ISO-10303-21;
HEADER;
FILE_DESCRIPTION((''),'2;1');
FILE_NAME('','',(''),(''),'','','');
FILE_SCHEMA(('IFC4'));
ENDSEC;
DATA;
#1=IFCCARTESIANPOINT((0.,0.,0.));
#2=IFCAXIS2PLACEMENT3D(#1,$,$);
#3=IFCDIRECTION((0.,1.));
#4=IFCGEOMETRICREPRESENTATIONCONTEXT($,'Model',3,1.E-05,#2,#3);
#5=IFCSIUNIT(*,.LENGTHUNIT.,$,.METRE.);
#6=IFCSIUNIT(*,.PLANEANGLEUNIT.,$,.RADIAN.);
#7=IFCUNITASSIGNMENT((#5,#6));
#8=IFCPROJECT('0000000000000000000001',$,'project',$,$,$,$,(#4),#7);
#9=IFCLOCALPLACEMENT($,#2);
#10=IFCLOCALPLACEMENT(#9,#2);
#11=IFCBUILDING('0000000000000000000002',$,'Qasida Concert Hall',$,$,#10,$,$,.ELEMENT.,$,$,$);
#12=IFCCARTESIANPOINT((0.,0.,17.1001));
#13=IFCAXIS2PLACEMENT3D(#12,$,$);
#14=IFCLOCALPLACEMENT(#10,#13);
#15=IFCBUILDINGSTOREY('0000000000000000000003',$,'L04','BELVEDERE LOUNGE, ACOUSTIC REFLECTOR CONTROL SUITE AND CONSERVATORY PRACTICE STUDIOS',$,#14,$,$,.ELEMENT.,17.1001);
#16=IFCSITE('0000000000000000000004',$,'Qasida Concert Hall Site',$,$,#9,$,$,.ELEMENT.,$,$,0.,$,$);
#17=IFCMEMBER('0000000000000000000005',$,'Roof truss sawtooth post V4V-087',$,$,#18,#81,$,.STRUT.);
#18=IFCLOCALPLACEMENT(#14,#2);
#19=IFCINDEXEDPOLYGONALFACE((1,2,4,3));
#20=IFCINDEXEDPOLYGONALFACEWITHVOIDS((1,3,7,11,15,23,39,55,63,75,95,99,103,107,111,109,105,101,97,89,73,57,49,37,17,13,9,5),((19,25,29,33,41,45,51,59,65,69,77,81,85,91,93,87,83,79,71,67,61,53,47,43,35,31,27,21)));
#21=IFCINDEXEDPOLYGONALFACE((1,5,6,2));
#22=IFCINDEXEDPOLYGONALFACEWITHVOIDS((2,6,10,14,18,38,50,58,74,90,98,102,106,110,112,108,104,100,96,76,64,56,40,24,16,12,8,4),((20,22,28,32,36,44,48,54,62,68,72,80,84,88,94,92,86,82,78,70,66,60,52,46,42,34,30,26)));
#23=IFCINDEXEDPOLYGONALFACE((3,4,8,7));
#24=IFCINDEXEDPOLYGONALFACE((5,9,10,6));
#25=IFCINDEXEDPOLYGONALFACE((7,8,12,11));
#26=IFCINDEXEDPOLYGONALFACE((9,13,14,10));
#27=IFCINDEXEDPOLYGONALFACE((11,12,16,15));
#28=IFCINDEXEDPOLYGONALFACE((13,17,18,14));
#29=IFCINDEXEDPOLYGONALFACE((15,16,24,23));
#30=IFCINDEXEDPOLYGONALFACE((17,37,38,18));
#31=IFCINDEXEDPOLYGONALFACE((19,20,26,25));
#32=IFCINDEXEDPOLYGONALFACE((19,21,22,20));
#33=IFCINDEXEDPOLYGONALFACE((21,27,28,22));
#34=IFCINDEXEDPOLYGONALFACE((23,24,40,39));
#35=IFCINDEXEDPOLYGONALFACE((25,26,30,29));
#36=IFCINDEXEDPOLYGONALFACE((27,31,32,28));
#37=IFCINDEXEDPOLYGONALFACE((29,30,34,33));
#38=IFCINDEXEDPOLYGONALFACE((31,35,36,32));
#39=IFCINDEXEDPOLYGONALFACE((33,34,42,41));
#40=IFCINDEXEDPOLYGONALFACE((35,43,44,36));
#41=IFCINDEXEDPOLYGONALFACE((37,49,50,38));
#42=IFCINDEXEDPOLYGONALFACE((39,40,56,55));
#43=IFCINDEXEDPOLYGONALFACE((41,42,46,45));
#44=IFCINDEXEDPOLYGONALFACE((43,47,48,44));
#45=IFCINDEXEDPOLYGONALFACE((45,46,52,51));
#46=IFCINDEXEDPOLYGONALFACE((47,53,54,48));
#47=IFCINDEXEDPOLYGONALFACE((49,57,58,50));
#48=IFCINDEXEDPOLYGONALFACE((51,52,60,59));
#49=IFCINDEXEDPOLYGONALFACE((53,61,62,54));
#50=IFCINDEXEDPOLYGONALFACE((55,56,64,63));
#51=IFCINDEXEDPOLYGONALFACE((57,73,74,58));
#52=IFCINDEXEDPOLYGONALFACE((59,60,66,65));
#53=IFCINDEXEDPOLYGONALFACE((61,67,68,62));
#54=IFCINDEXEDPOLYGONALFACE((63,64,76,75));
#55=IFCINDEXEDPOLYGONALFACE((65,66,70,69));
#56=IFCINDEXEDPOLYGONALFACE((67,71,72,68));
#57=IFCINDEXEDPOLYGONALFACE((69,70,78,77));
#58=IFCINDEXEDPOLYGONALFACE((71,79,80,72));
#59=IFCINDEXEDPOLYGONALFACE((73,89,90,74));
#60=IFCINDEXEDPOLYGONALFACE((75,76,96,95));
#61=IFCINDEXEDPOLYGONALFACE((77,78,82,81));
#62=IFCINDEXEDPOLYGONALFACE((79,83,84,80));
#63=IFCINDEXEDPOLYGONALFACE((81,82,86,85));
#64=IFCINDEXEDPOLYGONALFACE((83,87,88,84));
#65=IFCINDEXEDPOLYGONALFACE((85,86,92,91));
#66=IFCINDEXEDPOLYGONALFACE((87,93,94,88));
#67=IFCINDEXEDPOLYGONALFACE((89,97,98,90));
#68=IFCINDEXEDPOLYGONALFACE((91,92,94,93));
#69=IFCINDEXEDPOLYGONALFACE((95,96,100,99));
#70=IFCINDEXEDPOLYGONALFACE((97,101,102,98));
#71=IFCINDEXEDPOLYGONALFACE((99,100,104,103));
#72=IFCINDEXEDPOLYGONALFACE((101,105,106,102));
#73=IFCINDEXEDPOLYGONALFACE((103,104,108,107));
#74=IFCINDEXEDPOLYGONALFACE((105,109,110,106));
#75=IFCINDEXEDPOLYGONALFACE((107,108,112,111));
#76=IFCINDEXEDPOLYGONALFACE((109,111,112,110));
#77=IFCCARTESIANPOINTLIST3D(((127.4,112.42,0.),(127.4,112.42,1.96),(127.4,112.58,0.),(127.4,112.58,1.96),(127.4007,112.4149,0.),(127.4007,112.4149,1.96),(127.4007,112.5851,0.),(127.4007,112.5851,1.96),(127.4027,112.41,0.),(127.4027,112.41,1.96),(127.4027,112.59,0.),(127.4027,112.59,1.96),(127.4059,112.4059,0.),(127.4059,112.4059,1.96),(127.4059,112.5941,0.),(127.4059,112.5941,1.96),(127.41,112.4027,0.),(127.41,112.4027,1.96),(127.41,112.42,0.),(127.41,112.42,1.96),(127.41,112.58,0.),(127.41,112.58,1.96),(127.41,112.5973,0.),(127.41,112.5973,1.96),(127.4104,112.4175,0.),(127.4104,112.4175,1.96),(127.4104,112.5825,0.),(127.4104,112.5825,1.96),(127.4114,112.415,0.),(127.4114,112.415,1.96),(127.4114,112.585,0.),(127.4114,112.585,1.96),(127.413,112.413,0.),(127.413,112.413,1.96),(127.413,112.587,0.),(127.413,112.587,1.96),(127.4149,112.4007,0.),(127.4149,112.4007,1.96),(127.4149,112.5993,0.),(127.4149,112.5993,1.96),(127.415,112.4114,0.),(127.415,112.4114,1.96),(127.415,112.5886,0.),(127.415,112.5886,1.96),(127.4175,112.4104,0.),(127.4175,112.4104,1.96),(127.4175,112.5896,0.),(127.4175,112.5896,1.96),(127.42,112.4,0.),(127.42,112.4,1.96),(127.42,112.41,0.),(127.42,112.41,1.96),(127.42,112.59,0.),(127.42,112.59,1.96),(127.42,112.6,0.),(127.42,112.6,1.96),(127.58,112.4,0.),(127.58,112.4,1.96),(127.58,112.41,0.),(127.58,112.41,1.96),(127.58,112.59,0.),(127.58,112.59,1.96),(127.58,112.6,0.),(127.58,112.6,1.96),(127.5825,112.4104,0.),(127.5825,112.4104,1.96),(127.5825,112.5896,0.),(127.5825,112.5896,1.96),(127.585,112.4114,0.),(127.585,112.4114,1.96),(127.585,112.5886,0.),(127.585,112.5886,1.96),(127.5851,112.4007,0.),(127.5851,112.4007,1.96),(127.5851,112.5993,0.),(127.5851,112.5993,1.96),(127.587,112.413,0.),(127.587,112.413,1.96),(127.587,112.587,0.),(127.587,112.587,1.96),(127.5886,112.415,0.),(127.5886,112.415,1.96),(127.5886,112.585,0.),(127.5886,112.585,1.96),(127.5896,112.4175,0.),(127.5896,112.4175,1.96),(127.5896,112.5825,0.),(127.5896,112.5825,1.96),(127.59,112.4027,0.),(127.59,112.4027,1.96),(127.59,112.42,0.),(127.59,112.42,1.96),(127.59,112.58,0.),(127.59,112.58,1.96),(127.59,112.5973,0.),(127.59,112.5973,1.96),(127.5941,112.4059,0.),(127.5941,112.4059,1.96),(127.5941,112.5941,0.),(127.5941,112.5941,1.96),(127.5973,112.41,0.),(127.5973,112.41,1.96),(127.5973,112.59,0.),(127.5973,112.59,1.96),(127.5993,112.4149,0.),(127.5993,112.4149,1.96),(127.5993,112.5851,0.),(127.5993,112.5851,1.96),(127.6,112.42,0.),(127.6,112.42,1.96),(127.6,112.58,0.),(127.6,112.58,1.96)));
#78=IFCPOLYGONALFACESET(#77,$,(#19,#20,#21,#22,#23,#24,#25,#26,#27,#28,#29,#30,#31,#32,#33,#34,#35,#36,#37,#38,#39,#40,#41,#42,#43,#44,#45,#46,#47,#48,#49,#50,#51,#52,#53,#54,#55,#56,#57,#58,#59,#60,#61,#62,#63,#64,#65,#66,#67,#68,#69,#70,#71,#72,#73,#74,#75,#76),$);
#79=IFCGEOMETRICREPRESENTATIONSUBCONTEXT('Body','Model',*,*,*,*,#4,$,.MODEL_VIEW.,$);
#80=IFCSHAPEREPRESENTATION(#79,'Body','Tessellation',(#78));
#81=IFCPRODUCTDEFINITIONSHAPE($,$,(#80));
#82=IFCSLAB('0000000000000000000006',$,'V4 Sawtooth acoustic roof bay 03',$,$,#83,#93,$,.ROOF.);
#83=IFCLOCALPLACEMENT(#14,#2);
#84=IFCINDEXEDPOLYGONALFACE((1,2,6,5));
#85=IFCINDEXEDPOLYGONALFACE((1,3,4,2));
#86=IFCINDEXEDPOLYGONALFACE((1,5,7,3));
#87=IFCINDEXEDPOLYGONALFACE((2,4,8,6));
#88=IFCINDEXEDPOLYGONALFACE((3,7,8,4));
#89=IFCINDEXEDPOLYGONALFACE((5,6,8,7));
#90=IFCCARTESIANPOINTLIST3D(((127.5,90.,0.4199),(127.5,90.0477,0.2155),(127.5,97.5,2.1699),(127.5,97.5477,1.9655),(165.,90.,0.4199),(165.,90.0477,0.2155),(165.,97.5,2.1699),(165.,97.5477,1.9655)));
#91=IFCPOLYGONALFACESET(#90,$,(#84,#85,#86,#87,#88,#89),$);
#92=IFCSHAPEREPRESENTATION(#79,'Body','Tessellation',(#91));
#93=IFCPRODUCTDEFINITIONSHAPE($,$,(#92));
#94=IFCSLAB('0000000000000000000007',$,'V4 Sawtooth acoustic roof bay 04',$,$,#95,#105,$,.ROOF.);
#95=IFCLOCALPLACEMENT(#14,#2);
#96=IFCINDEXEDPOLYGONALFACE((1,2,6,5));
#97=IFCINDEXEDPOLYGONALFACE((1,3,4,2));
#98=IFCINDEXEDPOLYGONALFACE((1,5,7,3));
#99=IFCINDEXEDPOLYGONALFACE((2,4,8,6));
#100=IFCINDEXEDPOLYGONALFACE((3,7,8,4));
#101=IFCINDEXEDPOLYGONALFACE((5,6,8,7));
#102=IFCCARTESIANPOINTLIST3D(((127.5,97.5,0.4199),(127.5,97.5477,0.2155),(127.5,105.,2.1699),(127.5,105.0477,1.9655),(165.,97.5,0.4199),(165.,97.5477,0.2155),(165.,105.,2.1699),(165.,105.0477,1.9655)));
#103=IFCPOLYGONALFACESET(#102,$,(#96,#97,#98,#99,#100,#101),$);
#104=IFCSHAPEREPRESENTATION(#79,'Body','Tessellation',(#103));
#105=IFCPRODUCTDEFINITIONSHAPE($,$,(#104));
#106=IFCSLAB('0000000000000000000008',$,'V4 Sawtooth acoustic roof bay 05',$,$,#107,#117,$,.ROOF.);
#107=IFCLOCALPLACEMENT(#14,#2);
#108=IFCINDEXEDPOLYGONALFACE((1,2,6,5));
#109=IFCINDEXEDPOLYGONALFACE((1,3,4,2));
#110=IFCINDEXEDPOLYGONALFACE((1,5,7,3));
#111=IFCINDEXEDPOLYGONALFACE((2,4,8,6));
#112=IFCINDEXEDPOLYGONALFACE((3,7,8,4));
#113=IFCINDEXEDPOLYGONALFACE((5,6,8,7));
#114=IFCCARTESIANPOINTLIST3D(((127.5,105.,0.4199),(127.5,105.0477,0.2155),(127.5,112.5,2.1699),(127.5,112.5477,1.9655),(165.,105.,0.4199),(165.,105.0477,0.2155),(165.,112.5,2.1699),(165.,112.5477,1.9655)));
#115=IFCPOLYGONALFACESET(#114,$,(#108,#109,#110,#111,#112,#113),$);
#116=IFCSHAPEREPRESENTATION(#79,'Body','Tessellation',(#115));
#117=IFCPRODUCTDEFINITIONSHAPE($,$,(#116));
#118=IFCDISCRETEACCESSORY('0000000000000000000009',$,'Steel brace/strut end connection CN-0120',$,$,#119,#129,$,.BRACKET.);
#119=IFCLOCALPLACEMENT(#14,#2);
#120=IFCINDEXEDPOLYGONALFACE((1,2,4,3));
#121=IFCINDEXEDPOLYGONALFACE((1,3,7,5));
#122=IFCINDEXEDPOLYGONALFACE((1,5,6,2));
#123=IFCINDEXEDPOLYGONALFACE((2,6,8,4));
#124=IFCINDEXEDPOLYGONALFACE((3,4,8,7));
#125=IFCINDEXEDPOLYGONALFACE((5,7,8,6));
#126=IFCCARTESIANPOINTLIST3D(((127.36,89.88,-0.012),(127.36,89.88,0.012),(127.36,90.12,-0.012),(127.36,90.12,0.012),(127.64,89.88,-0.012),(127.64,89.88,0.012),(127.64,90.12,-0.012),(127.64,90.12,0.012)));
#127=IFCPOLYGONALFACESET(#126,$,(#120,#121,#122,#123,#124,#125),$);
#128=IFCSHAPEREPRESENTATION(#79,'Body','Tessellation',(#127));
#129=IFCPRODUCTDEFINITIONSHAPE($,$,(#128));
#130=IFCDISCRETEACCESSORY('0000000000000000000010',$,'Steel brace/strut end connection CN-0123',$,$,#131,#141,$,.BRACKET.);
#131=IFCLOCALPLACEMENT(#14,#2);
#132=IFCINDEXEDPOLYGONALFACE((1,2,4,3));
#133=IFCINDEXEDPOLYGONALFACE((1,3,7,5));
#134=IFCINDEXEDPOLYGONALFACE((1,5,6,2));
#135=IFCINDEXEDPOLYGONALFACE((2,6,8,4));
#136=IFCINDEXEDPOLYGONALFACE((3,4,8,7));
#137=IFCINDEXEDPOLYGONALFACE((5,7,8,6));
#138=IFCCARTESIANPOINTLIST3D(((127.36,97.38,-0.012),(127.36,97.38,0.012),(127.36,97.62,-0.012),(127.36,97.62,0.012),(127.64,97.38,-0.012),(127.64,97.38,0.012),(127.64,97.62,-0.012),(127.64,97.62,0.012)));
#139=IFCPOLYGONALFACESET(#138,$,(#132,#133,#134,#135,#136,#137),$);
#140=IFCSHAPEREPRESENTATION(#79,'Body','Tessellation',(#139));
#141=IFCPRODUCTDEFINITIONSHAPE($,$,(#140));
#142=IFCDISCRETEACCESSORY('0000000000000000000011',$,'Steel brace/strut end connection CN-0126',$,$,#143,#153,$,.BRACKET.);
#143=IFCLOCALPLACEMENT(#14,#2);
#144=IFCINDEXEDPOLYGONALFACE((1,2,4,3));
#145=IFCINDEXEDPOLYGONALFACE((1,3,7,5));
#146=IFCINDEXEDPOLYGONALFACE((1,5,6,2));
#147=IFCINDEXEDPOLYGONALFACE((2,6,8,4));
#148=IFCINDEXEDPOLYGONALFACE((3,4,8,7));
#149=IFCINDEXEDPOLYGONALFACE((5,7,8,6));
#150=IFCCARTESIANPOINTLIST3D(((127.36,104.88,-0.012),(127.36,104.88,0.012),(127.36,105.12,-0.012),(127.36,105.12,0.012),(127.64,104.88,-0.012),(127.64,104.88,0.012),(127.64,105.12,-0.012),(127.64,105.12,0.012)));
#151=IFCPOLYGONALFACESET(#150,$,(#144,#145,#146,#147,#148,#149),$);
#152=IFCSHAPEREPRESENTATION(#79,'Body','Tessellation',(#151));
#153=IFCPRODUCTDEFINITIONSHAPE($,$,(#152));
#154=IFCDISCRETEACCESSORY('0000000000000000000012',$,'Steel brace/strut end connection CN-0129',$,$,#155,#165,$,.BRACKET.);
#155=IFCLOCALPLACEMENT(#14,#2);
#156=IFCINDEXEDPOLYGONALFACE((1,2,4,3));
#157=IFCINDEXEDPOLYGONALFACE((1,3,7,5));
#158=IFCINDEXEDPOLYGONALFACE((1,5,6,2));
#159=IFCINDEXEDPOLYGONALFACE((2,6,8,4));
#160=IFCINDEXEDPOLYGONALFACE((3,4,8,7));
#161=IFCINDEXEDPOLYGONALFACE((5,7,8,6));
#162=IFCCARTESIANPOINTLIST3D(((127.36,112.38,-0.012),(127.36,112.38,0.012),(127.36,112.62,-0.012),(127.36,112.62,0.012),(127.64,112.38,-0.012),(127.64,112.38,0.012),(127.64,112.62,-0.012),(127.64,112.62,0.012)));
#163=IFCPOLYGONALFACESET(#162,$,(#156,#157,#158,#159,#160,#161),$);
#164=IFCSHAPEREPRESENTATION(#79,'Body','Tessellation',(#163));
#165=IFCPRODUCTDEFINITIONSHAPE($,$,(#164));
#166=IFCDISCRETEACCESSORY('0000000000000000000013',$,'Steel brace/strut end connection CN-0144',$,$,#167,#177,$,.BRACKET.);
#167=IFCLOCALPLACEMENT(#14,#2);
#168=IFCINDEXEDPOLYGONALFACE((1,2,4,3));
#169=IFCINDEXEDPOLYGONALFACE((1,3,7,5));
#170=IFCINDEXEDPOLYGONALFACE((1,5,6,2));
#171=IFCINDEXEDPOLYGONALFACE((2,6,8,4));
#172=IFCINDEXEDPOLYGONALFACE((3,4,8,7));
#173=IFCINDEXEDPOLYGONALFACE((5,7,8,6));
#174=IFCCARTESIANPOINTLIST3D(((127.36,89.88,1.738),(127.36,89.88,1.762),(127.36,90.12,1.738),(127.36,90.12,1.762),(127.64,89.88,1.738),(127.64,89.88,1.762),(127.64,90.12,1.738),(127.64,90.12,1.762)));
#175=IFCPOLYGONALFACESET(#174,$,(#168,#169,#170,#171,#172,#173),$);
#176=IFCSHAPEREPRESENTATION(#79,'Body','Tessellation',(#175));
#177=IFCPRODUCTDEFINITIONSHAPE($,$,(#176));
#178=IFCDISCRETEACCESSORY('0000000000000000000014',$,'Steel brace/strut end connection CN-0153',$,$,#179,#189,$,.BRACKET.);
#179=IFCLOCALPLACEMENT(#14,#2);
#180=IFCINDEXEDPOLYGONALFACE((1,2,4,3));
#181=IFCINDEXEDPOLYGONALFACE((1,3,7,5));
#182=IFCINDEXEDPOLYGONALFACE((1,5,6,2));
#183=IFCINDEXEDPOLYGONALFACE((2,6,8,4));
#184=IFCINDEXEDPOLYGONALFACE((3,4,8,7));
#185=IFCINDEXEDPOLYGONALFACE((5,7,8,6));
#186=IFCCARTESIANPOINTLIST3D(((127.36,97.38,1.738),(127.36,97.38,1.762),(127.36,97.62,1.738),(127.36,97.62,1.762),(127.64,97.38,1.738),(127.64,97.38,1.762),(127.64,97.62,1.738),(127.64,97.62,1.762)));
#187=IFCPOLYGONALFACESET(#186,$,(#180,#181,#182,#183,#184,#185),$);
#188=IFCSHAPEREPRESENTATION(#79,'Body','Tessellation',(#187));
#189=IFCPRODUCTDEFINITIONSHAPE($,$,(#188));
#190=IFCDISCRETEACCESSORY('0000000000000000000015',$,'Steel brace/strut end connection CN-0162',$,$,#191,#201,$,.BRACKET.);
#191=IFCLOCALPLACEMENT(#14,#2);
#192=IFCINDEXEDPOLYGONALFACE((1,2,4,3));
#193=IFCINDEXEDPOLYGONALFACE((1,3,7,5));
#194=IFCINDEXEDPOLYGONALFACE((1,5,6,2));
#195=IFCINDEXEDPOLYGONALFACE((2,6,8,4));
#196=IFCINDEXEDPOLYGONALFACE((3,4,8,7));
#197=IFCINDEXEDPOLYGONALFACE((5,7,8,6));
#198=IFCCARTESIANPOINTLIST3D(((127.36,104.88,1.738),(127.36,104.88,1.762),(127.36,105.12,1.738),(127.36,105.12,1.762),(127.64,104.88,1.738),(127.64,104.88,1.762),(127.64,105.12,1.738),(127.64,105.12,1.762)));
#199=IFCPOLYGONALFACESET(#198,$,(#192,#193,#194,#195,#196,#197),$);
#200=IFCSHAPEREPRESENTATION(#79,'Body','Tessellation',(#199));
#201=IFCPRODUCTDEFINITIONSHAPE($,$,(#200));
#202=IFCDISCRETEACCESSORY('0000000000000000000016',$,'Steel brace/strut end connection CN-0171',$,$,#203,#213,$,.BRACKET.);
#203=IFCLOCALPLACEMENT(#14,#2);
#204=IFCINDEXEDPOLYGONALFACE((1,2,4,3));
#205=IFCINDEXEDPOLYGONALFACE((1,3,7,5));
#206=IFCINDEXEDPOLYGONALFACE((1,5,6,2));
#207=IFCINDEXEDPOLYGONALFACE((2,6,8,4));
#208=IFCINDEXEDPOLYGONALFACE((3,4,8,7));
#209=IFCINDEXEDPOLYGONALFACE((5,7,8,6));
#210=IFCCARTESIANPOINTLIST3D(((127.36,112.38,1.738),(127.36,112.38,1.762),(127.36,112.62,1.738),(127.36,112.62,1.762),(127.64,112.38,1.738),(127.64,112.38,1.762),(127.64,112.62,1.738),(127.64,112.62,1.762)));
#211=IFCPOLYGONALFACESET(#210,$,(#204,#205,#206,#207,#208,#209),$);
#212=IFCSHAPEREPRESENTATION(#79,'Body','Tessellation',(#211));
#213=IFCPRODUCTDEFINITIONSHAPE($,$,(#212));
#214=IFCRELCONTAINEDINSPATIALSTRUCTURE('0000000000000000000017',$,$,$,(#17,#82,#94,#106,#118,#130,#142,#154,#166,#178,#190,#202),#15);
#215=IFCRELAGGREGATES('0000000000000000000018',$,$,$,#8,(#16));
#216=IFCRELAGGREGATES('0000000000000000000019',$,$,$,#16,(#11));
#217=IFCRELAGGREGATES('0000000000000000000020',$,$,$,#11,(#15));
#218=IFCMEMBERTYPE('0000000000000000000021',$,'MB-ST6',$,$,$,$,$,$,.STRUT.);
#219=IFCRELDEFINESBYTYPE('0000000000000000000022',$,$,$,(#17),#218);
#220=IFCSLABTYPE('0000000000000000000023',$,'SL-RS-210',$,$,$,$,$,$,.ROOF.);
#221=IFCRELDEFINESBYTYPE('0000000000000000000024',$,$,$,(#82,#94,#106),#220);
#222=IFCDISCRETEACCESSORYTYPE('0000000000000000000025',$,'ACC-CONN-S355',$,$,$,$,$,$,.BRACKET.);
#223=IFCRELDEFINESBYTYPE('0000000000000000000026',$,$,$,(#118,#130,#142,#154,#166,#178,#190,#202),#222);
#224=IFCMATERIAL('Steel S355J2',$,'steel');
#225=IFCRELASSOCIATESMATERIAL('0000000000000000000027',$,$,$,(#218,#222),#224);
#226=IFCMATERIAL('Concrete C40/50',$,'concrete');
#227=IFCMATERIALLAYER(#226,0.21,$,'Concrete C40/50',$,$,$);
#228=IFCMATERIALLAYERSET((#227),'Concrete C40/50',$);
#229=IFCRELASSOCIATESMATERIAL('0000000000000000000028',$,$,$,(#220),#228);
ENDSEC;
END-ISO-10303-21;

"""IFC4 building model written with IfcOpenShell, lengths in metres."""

from ifc_helpers import new_model, si_unit, direction, frame, origin, origin_2d, place, context, subcontext, project, spatial, polyline, rectangle, hollow_rectangle, outline, extrude, material, layer, layer_set, material_profile, profile_set, type_object, element, save


model = new_model("IFC4")

# Units and contexts
model_context = context("Model", 3, precision=1e-05, world=origin(), true_north=direction((0.0, 1.0)))
body_context = subcontext(model_context, "Body", "Model", "MODEL_VIEW")
ifc_project = project(units=[si_unit("LENGTHUNIT", "METRE"), si_unit("PLANEANGLEUNIT", "RADIAN")], contexts=[model_context])

# Site, building, storey
site_placement = place(None, origin())
site = spatial("IfcSite", under=ifc_project, at=site_placement, Name="Qasida Concert Hall Site", CompositionType="ELEMENT", RefElevation=0.0)
building_placement = place(site_placement, origin())
building = spatial("IfcBuilding", under=site, at=building_placement, Name="Qasida Concert Hall", CompositionType="ELEMENT")
storey_placement = place(building_placement, frame((0.0, 0.0, 17.1001)))
storey = spatial("IfcBuildingStorey", under=building, at=storey_placement, Name="L04", Description="BELVEDERE LOUNGE, ACOUSTIC REFLECTOR CONTROL SUITE AND CONSERVATORY PRACTICE STUDIOS", CompositionType="ELEMENT", Elevation=17.1001)

# Member
ifc_material_1 = material(Name="Steel S355J2", Category="steel")
ifc_material_profile_1 = material_profile(ifc_material_1, hollow_rectangle(XDim=0.2, YDim=0.2, WallThickness=0.01, InnerFilletRadius=0.01, OuterFilletRadius=0.02, at=origin_2d()), Name="SHS 200x200x10")
ifc_profile_set_1 = profile_set([ifc_material_profile_1], Name="Steel S355J2")
member_type_1 = type_object("IfcMemberType", Name="MB-ST6", PredefinedType="STRUT", material=ifc_profile_set_1)
for number, where, z_axis, x_axis, name in (
    (1, (127.5, 112.5, 0.0), (0.0, 0.0, 1.0), (1.0, 0.0, 0.0), "Roof truss sawtooth post V4V-087"),
):
    element("IfcMember", number, at=place(storey_placement, frame(where, z_axis=z_axis, x_axis=x_axis)), inside=storey, type_object=member_type_1, Name=name, PredefinedType="STRUT", context=body_context, shape_type="SweptSolid", body=[
        extrude(hollow_rectangle(XDim=0.2, YDim=0.2, WallThickness=0.01, InnerFilletRadius=0.01, OuterFilletRadius=0.02, at=origin_2d()), origin(), (0.0, 0.0, 1.0), 1.96),
    ])

# Slabs
ifc_material_2 = material(Name="Concrete C40/50", Category="concrete")
ifc_layer = layer(ifc_material_2, 0.21, Name="Concrete C40/50")
ifc_layer_set = layer_set([ifc_layer], Name="Concrete C40/50")
slab_type = type_object("IfcSlabType", Name="SL-RS-210", PredefinedType="ROOF", material=ifc_layer_set)
for number, where, z_axis, x_axis, name in (
    (2, (127.5, 90.0, 0.4199), (0.0, -0.22723, 0.973841), (1.0, 0.0, 0.0), "V4 Sawtooth acoustic roof bay 03"),
    (3, (127.5, 97.5, 0.4199), (0.0, -0.22723, 0.973841), (1.0, 0.0, 0.0), "V4 Sawtooth acoustic roof bay 04"),
    (4, (127.5, 105.0, 0.4199), (0.0, -0.22723, 0.973841), (1.0, 0.0, 0.0), "V4 Sawtooth acoustic roof bay 05"),
):
    element("IfcSlab", number, at=place(storey_placement, frame(where, z_axis=z_axis, x_axis=x_axis)), inside=storey, type_object=slab_type, Name=name, PredefinedType="ROOF", context=body_context, shape_type="SweptSolid", body=[
        extrude(outline(polyline([(0.0, 0.0), (37.5, 0.0), (37.5, 7.7015), (0.0, 7.7015), (0.0, 0.0)])), origin(), (0.0, 0.0, -1.0), 0.21),
    ])

# Discrete accessories
discrete_accessory_type = type_object("IfcDiscreteAccessoryType", Name="ACC-CONN-S355", PredefinedType="BRACKET", material=ifc_material_1)
for number, where, z_axis, x_axis, name in (
    (5, (127.5, 90.0, -0.012), (0.0, 0.0, 1.0), (1.0, 0.0, 0.0), "Steel brace/strut end connection CN-0120"),
    (6, (127.5, 97.5, -0.012), (0.0, 0.0, 1.0), (1.0, 0.0, 0.0), "Steel brace/strut end connection CN-0123"),
    (7, (127.5, 105.0, -0.012), (0.0, 0.0, 1.0), (1.0, 0.0, 0.0), "Steel brace/strut end connection CN-0126"),
    (8, (127.5, 112.5, -0.012), (0.0, 0.0, 1.0), (1.0, 0.0, 0.0), "Steel brace/strut end connection CN-0129"),
    (9, (127.5, 90.0, 1.738), (0.0, 0.0, 1.0), (1.0, 0.0, 0.0), "Steel brace/strut end connection CN-0144"),
    (10, (127.5, 97.5, 1.738), (0.0, 0.0, 1.0), (1.0, 0.0, 0.0), "Steel brace/strut end connection CN-0153"),
    (11, (127.5, 105.0, 1.738), (0.0, 0.0, 1.0), (1.0, 0.0, 0.0), "Steel brace/strut end connection CN-0162"),
    (12, (127.5, 112.5, 1.738), (0.0, 0.0, 1.0), (1.0, 0.0, 0.0), "Steel brace/strut end connection CN-0171"),
):
    element("IfcDiscreteAccessory", number, at=place(storey_placement, frame(where, z_axis=z_axis, x_axis=x_axis)), inside=storey, type_object=discrete_accessory_type, Name=name, PredefinedType="BRACKET", context=body_context, shape_type="SweptSolid", body=[
        extrude(rectangle(XDim=0.28, YDim=0.24, at=origin_2d()), origin(), (0.0, 0.0, 1.0), 0.0239),
    ])

save(model, "model.ifc")
